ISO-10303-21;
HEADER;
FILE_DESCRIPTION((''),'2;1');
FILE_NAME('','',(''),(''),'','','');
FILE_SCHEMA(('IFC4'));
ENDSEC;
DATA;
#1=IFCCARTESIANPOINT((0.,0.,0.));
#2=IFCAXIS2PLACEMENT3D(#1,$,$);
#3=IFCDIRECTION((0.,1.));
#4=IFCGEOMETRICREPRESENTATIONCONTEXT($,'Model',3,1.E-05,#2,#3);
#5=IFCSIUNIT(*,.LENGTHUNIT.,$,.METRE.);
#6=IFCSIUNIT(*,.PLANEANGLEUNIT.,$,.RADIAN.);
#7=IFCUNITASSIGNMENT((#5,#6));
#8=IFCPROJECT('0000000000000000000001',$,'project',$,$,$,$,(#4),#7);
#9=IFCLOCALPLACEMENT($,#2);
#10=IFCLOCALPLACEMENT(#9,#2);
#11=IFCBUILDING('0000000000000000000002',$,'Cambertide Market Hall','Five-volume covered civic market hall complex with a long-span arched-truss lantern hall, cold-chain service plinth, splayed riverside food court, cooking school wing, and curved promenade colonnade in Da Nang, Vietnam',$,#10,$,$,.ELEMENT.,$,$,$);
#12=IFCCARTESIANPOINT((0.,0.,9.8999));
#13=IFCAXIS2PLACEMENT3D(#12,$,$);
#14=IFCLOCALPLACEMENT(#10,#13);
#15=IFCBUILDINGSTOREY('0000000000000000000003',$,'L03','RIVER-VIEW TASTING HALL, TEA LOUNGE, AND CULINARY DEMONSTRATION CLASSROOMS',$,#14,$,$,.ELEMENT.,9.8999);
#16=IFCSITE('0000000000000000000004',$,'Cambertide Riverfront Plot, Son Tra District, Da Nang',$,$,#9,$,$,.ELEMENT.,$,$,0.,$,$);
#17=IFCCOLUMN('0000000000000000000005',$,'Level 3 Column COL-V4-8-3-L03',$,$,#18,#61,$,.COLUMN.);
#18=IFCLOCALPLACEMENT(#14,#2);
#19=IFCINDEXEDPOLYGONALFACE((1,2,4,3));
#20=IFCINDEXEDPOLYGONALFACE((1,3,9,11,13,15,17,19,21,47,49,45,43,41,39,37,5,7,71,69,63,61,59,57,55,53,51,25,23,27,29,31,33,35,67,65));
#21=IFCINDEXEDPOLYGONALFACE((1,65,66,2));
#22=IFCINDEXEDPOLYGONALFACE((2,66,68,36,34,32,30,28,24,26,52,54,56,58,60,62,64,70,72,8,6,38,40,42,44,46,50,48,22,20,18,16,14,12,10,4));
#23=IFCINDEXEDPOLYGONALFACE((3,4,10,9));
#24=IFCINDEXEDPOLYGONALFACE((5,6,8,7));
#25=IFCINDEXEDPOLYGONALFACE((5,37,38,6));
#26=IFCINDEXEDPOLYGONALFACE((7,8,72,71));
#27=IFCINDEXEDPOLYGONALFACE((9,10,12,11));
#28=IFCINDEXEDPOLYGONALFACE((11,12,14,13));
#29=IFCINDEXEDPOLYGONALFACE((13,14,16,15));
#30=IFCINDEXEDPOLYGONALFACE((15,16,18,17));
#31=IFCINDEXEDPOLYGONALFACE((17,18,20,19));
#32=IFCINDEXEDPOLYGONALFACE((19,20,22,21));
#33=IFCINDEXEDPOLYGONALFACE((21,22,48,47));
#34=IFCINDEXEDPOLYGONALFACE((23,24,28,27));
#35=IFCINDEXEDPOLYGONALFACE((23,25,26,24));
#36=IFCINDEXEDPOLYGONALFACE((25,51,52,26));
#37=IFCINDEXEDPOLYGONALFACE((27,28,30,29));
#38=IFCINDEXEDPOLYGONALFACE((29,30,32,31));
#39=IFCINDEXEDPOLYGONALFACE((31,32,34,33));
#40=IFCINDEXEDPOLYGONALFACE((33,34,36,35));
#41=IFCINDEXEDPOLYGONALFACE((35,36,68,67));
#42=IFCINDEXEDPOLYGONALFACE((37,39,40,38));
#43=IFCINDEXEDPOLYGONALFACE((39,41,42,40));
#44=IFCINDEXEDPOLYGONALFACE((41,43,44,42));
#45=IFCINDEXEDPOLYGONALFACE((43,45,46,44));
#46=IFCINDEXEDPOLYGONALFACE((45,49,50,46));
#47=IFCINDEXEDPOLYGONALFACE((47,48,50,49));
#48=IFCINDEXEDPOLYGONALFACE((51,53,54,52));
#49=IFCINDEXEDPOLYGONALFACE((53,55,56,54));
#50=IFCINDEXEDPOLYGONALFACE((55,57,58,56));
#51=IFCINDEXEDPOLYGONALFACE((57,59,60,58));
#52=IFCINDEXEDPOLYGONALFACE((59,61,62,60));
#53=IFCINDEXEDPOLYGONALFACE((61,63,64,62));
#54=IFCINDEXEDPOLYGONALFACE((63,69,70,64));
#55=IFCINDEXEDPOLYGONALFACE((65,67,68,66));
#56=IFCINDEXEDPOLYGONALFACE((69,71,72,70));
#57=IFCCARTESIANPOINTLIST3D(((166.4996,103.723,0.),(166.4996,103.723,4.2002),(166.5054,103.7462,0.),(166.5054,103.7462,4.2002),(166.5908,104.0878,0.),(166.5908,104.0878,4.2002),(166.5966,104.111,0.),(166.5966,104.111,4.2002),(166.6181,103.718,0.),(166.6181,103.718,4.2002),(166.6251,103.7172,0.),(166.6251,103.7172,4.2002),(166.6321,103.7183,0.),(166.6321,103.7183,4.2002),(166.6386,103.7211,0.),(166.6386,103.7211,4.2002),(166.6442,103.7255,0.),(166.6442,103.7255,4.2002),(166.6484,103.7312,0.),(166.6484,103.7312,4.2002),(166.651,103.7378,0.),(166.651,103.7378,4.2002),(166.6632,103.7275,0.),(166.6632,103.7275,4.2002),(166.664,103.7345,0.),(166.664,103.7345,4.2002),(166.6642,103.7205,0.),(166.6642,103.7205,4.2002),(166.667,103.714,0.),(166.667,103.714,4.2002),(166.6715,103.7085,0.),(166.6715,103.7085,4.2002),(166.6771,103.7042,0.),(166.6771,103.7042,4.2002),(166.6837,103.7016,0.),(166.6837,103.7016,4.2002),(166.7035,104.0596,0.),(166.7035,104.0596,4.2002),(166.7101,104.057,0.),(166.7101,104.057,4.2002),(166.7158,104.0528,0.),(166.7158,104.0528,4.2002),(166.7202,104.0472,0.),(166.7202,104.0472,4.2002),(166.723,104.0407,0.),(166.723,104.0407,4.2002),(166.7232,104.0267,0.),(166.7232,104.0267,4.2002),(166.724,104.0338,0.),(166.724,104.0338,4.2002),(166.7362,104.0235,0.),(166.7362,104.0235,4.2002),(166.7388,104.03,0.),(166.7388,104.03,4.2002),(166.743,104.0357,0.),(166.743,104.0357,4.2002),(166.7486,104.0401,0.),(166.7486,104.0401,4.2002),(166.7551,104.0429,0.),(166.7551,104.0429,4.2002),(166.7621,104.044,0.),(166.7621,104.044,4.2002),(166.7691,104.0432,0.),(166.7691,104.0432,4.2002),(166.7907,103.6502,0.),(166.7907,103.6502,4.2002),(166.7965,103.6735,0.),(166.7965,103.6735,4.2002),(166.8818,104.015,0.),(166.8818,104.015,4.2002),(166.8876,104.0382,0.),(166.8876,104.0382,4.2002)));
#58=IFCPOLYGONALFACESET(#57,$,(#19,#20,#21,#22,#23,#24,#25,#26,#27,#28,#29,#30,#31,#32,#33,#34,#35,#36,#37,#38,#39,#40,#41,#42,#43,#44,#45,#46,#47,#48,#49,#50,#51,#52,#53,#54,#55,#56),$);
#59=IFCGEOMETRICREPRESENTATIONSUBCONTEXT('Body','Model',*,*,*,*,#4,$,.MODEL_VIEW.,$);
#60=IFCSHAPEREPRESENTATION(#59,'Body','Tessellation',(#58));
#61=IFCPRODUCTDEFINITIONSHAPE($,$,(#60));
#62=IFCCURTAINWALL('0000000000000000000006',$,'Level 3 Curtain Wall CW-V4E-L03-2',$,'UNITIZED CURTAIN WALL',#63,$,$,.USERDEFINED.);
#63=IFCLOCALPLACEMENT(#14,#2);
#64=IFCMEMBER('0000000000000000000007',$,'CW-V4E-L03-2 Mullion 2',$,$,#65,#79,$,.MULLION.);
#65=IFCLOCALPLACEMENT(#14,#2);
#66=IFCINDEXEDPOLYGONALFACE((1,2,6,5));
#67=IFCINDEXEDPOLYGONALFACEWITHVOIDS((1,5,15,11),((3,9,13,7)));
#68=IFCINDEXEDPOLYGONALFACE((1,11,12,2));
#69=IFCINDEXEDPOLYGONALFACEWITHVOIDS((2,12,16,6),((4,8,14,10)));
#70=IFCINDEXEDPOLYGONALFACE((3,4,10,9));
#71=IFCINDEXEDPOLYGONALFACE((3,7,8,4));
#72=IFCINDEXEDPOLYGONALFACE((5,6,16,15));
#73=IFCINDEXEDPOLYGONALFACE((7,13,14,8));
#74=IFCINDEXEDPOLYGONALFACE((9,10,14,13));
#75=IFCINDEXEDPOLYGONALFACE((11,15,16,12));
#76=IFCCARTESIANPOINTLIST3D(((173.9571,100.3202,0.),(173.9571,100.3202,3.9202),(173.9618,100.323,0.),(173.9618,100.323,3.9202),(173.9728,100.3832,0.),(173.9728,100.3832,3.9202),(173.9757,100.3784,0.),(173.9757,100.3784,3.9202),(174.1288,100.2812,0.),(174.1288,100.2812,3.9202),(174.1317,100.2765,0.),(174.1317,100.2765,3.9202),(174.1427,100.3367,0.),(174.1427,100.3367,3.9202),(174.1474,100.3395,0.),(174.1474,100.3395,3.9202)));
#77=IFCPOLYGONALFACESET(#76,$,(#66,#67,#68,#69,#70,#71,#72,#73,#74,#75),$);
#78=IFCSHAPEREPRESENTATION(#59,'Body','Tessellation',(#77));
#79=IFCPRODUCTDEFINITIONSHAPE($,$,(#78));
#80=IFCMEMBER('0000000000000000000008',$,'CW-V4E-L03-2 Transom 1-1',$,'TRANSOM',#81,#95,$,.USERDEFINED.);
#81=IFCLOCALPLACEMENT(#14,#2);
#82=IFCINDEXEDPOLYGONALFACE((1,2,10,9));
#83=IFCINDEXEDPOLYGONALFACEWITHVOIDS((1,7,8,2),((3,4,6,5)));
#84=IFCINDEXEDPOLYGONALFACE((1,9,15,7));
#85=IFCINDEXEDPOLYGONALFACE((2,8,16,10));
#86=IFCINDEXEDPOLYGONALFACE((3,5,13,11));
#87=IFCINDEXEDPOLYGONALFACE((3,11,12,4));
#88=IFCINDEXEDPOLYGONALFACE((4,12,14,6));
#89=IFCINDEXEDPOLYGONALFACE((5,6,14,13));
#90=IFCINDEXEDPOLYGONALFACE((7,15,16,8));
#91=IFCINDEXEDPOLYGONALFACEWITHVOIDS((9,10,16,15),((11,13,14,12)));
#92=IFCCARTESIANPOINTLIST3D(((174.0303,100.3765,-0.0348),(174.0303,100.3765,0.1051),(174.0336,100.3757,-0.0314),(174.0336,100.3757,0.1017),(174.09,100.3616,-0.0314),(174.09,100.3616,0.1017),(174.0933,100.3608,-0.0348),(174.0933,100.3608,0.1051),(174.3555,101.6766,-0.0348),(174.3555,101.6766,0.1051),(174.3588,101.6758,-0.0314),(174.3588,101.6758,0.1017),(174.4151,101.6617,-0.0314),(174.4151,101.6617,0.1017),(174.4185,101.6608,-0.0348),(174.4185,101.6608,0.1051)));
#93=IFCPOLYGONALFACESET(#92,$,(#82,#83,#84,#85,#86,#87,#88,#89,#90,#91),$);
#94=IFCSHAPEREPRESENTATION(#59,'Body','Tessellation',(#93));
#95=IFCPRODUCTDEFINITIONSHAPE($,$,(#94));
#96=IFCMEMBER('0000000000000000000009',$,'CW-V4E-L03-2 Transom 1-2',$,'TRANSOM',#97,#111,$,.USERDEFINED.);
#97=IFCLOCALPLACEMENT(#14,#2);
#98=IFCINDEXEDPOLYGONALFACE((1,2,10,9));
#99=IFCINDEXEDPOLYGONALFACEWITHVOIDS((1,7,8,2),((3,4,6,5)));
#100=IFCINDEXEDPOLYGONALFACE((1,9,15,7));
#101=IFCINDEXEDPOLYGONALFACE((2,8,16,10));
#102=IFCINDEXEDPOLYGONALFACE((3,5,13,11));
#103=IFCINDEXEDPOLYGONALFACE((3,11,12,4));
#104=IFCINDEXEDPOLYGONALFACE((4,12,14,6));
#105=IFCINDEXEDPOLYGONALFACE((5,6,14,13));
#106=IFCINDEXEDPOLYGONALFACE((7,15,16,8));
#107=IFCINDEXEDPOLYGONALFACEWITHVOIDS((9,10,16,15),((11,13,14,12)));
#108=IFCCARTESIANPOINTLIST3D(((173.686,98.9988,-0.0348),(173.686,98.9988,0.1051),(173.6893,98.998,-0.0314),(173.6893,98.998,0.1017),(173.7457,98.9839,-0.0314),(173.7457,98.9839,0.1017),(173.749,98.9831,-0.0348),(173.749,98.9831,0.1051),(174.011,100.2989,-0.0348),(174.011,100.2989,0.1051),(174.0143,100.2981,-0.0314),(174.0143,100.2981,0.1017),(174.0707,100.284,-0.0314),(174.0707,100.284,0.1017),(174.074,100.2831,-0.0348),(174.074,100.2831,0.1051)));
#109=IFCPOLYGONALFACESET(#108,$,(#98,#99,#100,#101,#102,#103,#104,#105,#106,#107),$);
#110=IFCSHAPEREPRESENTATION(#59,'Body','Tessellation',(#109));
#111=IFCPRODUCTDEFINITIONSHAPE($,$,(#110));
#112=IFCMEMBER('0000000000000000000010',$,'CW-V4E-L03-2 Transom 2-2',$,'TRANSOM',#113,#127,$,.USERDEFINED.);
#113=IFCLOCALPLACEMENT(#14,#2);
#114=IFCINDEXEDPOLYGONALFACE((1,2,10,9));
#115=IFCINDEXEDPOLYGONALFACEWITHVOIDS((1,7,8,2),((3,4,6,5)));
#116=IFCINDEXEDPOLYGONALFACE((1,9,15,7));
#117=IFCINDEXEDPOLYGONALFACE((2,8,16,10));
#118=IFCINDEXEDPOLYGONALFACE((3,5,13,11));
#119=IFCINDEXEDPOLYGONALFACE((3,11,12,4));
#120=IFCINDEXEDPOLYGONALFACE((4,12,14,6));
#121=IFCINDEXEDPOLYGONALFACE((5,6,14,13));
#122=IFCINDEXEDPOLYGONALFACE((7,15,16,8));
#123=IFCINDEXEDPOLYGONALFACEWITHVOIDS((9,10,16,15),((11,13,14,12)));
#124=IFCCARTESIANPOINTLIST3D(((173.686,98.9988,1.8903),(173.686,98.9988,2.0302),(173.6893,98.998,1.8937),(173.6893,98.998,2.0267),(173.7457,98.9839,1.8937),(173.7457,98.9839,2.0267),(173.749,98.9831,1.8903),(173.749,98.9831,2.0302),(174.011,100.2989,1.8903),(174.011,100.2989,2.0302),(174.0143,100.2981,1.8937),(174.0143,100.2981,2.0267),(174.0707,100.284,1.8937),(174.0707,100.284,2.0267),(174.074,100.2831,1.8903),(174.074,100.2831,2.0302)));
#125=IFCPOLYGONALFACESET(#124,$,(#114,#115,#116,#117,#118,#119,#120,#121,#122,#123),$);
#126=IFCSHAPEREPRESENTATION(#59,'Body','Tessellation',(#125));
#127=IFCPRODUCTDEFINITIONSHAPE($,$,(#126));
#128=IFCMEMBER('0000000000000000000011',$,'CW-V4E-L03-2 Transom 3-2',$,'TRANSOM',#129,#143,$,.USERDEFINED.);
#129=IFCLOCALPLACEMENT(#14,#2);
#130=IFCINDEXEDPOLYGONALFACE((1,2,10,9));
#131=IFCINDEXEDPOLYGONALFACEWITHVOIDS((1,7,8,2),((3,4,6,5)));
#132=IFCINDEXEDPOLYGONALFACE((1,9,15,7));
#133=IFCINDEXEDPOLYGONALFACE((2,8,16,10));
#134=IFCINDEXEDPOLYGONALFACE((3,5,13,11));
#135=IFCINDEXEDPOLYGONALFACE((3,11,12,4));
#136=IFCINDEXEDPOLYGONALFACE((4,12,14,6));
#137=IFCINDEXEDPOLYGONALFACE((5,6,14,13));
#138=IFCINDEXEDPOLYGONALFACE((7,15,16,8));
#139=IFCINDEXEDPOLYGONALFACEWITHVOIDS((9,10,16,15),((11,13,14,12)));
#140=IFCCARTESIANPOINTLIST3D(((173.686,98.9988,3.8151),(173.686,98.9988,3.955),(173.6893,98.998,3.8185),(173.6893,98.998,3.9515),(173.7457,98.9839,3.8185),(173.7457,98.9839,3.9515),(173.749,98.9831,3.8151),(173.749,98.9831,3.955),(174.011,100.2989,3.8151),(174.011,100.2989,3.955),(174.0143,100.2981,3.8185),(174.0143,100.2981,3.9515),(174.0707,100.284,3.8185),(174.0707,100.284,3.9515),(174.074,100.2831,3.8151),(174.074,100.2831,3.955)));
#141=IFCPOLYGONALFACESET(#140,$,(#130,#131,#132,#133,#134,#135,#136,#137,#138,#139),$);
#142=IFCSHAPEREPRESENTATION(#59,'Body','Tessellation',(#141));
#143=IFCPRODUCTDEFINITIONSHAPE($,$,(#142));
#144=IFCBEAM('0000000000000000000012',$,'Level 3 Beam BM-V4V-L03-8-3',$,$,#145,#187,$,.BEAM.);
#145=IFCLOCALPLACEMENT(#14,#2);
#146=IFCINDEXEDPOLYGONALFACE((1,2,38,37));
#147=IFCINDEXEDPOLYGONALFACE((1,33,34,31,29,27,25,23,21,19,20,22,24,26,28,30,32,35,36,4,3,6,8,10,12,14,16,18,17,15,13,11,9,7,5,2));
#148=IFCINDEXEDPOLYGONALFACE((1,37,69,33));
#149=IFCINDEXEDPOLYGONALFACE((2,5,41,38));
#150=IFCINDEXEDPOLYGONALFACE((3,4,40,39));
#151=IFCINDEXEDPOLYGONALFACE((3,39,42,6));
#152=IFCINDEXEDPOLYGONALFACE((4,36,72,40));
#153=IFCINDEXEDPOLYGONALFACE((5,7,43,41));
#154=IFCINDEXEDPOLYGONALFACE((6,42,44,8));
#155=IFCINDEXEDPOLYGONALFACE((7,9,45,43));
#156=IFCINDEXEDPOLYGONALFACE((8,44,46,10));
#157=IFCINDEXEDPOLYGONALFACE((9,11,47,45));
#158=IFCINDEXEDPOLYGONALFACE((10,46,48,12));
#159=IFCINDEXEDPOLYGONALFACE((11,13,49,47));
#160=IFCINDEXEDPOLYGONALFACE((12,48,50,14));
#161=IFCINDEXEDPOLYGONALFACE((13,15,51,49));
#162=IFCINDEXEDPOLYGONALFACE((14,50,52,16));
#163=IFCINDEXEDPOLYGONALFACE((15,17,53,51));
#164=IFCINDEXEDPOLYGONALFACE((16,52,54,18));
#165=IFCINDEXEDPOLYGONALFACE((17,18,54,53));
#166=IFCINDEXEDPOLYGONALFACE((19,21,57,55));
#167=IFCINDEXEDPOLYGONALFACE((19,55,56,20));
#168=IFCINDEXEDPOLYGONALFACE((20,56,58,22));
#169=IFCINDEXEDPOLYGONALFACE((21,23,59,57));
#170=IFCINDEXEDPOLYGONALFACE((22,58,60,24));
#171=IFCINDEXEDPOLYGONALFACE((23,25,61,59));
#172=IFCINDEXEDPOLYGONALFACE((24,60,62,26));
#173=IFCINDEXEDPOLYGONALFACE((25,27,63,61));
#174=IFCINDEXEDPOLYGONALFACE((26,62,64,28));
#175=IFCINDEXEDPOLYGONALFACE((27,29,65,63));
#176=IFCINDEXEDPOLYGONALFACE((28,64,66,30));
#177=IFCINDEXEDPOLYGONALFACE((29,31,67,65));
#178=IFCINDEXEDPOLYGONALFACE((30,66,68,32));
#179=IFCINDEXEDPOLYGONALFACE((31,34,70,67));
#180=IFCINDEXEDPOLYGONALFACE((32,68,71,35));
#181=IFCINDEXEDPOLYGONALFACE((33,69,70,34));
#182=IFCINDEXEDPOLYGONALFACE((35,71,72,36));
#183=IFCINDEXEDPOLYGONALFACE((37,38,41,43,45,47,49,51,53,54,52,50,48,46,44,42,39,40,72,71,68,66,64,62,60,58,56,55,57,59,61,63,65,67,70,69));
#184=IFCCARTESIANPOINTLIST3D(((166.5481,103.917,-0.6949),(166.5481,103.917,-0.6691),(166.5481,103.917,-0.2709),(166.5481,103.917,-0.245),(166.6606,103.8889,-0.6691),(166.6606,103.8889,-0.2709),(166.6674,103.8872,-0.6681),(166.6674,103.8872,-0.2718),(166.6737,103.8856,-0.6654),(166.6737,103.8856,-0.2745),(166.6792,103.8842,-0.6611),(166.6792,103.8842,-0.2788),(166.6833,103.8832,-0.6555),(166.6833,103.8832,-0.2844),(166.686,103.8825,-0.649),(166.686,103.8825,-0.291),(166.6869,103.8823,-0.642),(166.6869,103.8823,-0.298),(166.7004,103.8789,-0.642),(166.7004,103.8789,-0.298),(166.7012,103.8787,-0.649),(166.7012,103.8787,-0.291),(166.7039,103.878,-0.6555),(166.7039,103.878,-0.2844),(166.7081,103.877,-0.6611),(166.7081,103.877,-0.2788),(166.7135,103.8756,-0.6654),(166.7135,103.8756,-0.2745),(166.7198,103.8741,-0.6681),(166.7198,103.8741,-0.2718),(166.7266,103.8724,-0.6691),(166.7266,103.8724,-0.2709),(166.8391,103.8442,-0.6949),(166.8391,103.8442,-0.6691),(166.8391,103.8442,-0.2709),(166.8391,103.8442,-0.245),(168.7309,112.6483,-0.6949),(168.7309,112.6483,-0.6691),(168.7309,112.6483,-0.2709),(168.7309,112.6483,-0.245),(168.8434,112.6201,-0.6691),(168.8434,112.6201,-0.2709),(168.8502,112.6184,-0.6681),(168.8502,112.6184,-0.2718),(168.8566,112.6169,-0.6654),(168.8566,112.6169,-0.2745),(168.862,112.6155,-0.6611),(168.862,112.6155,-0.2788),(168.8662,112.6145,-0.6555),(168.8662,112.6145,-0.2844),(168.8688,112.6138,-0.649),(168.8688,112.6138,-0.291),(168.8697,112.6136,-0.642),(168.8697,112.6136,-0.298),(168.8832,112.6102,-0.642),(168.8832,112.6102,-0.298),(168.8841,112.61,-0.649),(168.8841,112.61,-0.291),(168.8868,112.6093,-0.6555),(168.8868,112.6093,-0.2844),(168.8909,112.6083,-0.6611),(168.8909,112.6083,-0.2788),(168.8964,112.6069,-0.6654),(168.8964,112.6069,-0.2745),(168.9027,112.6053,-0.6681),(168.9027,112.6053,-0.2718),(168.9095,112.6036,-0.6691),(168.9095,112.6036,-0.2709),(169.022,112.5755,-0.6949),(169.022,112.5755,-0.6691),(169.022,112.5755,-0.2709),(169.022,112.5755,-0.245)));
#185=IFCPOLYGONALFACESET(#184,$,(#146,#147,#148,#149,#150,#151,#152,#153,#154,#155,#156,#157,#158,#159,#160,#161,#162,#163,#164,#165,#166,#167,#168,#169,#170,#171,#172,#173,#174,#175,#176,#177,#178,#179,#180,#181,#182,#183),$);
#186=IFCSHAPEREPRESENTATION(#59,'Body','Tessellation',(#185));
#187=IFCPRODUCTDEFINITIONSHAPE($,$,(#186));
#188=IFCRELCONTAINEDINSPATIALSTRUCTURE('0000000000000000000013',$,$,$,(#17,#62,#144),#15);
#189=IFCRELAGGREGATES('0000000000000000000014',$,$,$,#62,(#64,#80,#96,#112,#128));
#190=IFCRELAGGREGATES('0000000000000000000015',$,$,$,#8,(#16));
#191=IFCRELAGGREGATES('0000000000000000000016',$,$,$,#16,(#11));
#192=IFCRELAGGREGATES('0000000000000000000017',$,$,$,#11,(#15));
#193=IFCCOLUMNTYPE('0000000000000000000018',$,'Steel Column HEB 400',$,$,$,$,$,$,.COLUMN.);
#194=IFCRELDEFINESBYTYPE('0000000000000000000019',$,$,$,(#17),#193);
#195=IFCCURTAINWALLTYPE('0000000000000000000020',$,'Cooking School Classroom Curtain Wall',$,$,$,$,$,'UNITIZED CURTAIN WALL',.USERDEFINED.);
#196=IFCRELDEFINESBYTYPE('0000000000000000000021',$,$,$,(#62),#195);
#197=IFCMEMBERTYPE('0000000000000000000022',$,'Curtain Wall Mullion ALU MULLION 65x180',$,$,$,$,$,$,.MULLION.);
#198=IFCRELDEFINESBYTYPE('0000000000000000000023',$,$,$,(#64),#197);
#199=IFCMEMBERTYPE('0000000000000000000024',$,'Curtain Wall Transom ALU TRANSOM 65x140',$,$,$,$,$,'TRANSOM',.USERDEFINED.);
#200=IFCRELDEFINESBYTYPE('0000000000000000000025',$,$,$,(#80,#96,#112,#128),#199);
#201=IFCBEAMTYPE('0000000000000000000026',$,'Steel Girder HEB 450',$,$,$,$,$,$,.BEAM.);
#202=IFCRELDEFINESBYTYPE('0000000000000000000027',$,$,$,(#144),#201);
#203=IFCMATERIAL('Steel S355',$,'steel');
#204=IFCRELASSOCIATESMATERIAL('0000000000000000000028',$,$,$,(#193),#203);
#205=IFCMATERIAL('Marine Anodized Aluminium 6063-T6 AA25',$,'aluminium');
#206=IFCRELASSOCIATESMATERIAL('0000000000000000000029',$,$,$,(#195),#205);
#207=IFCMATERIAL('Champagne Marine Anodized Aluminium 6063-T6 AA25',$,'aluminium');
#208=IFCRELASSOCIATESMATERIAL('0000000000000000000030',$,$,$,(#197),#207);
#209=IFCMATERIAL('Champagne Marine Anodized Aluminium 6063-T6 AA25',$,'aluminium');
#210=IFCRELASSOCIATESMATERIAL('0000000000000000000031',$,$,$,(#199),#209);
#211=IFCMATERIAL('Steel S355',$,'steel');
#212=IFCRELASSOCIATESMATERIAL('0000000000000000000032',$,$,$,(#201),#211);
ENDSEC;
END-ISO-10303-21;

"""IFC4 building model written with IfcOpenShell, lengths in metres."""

from ifc_helpers import new_model, si_unit, direction, frame, origin, origin_2d, place, context, subcontext, project, spatial, hollow_rectangle, i_section, extrude, material, material_profile, profile_set, type_object, element, aggregate, save


model = new_model("IFC4")

# Units and contexts
model_context = context("Model", 3, precision=1e-05, world=origin(), true_north=direction((0.0, 1.0)))
body_context = subcontext(model_context, "Body", "Model", "MODEL_VIEW")
ifc_project = project(units=[si_unit("LENGTHUNIT", "METRE"), si_unit("PLANEANGLEUNIT", "RADIAN")], contexts=[model_context])

# Site, building, storey
site_placement = place(None, origin())
site = spatial("IfcSite", under=ifc_project, at=site_placement, Name="Cambertide Riverfront Plot, Son Tra District, Da Nang", CompositionType="ELEMENT", RefElevation=0.0)
building_placement = place(site_placement, origin())
building = spatial("IfcBuilding", under=site, at=building_placement, Name="Cambertide Market Hall", Description="Five-volume covered civic market hall complex with a long-span arched-truss lantern hall, cold-chain service plinth, splayed riverside food court, cooking school wing, and curved promenade colonnade in Da Nang, Vietnam", CompositionType="ELEMENT")
storey_placement = place(building_placement, frame((0.0, 0.0, 9.8999)))
storey = spatial("IfcBuildingStorey", under=building, at=storey_placement, Name="L03", Description="RIVER-VIEW TASTING HALL, TEA LOUNGE, AND CULINARY DEMONSTRATION CLASSROOMS", CompositionType="ELEMENT", Elevation=9.8999)

# Column
ifc_material_1 = material(Name="Steel S355", Category="steel")
ifc_material_profile_1 = material_profile(ifc_material_1, i_section(OverallWidth=0.3, OverallDepth=0.3999, WebThickness=0.0134, FlangeThickness=0.0239, FilletRadius=0.0271, at=origin_2d()), Name="HEB 400")
ifc_profile_set_1 = profile_set([ifc_material_profile_1], Name="Steel S355")
column_type = type_object("IfcColumnType", Name="Steel Column HEB 400", PredefinedType="COLUMN", material=ifc_profile_set_1)
column_placement = place(storey_placement, frame((166.6936, 103.8806, 0.0), z_axis=(0.0, 0.0, 1.0), x_axis=(0.970143, -0.242536, 0.0)))
element("IfcColumn", 1, at=column_placement, inside=storey, type_object=column_type, Name="Level 3 Column COL-V4-8-3-L03", PredefinedType="COLUMN", context=body_context, shape_type="SweptSolid", body=[
    extrude(i_section(OverallWidth=0.3, OverallDepth=0.3999, WebThickness=0.0134, FlangeThickness=0.0239, FilletRadius=0.0271, at=origin_2d()), origin(), (0.0, 0.0, 1.0), 4.2002),
])

# Curtain wall, members
ifc_material_2 = material(Name="Marine Anodized Aluminium 6063-T6 AA25", Category="aluminium")
curtain_wall_type = type_object("IfcCurtainWallType", Name="Cooking School Classroom Curtain Wall", ElementType="UNITIZED CURTAIN WALL", PredefinedType="USERDEFINED", material=ifc_material_2)
curtain_wall_placement = place(storey_placement, origin())
curtain_wall = element("IfcCurtainWall", 2, at=curtain_wall_placement, inside=storey, type_object=curtain_wall_type, Name="Level 3 Curtain Wall CW-V4E-L03-2", ObjectType="UNITIZED CURTAIN WALL", PredefinedType="USERDEFINED")
ifc_material_3 = material(Name="Champagne Marine Anodized Aluminium 6063-T6 AA25", Category="aluminium")
ifc_material_profile_2 = material_profile(ifc_material_3, hollow_rectangle(XDim=0.0649, YDim=0.1799, WallThickness=0.0039, at=origin_2d()), Name="ALU MULLION 65x180")
ifc_profile_set_2 = profile_set([ifc_material_profile_2], Name="Champagne Marine Anodized Aluminium 6063-T6 AA25")
member_type_1 = type_object("IfcMemberType", Name="Curtain Wall Mullion ALU MULLION 65x180", PredefinedType="MULLION", material=ifc_profile_set_2)
member_1_placement = place(storey_placement, frame((174.0522, 100.3298, 0.0), z_axis=(0.0, 0.0, 1.0), x_axis=(-0.242536, -0.970142, 0.0)))
member_1 = element("IfcMember", 3, at=member_1_placement, type_object=member_type_1, Name="CW-V4E-L03-2 Mullion 2", PredefinedType="MULLION", context=body_context, shape_type="SweptSolid", body=[
    extrude(hollow_rectangle(XDim=0.0649, YDim=0.1799, WallThickness=0.0039, at=origin_2d()), origin(), (0.0, 0.0, 1.0), 3.9202),
])
ifc_material_4 = material(Name="Champagne Marine Anodized Aluminium 6063-T6 AA25", Category="aluminium")
ifc_material_profile_3 = material_profile(ifc_material_4, hollow_rectangle(XDim=0.0649, YDim=0.1399, WallThickness=0.0034, at=origin_2d()), Name="ALU TRANSOM 65x140")
ifc_profile_set_3 = profile_set([ifc_material_profile_3], Name="Champagne Marine Anodized Aluminium 6063-T6 AA25")
member_type_2 = type_object("IfcMemberType", Name="Curtain Wall Transom ALU TRANSOM 65x140", ElementType="TRANSOM", PredefinedType="USERDEFINED", material=ifc_profile_set_3)
member_2_placement = place(storey_placement, frame((174.387, 101.6687, 0.0352), z_axis=(-0.242664, -0.97011, 0.0), x_axis=(0.97011, -0.242664, 0.0)))
member_2 = element("IfcMember", 4, at=member_2_placement, type_object=member_type_2, Name="CW-V4E-L03-2 Transom 1-1", ObjectType="TRANSOM", PredefinedType="USERDEFINED", context=body_context, shape_type="SweptSolid", body=[
    extrude(hollow_rectangle(XDim=0.0649, YDim=0.1399, WallThickness=0.0034, at=origin_2d()), origin(), (0.0, 0.0, 1.0), 1.3401),
])
member_3_placement = place(storey_placement, frame((174.0425, 100.291, 0.0352), z_axis=(-0.242493, -0.970153, 0.0), x_axis=(0.970153, -0.242493, 0.0)))
member_3 = element("IfcMember", 5, at=member_3_placement, type_object=member_type_2, Name="CW-V4E-L03-2 Transom 1-2", ObjectType="TRANSOM", PredefinedType="USERDEFINED", context=body_context, shape_type="SweptSolid", body=[
    extrude(hollow_rectangle(XDim=0.0649, YDim=0.1399, WallThickness=0.0034, at=origin_2d()), origin(), (0.0, 0.0, 1.0), 1.3401),
])
member_4_placement = place(storey_placement, frame((174.0425, 100.291, 1.9602), z_axis=(-0.242493, -0.970153, 0.0), x_axis=(0.970153, -0.242493, 0.0)))
member_4 = element("IfcMember", 6, at=member_4_placement, type_object=member_type_2, Name="CW-V4E-L03-2 Transom 2-2", ObjectType="TRANSOM", PredefinedType="USERDEFINED", context=body_context, shape_type="SweptSolid", body=[
    extrude(hollow_rectangle(XDim=0.0649, YDim=0.1399, WallThickness=0.0034, at=origin_2d()), origin(), (0.0, 0.0, 1.0), 1.3401),
])
member_5_placement = place(storey_placement, frame((174.0425, 100.291, 3.885), z_axis=(-0.242493, -0.970153, 0.0), x_axis=(0.970153, -0.242493, 0.0)))
member_5 = element("IfcMember", 7, at=member_5_placement, type_object=member_type_2, Name="CW-V4E-L03-2 Transom 3-2", ObjectType="TRANSOM", PredefinedType="USERDEFINED", context=body_context, shape_type="SweptSolid", body=[
    extrude(hollow_rectangle(XDim=0.0649, YDim=0.1399, WallThickness=0.0034, at=origin_2d()), origin(), (0.0, 0.0, 1.0), 1.3401),
])

# Beam
ifc_material_5 = material(Name="Steel S355", Category="steel")
ifc_material_profile_4 = material_profile(ifc_material_5, i_section(OverallWidth=0.3, OverallDepth=0.45, WebThickness=0.0139, FlangeThickness=0.0259, FilletRadius=0.0271, at=origin_2d()), Name="HEB 450")
ifc_profile_set_4 = profile_set([ifc_material_profile_4], Name="Steel S355")
beam_type_1 = type_object("IfcBeamType", Name="Steel Girder HEB 450", PredefinedType="BEAM", material=ifc_profile_set_4)
beam_1_placement = place(storey_placement, frame((166.6936, 103.8806, -0.47), z_axis=(0.242542, 0.970141, 0.0), x_axis=(-0.970141, 0.242542, 0.0)))
element("IfcBeam", 8, at=beam_1_placement, inside=storey, type_object=beam_type_1, Name="Level 3 Beam BM-V4V-L03-8-3", PredefinedType="BEAM", context=body_context, shape_type="SweptSolid", body=[
    extrude(i_section(OverallWidth=0.3, OverallDepth=0.45, WebThickness=0.0139, FlangeThickness=0.0259, FilletRadius=0.0271, at=origin_2d()), origin(), (0.0, 0.0, 1.0), 9.0),
])

aggregate(curtain_wall, [member_1, member_2, member_3, member_4, member_5])

save(model, "model.ifc")
